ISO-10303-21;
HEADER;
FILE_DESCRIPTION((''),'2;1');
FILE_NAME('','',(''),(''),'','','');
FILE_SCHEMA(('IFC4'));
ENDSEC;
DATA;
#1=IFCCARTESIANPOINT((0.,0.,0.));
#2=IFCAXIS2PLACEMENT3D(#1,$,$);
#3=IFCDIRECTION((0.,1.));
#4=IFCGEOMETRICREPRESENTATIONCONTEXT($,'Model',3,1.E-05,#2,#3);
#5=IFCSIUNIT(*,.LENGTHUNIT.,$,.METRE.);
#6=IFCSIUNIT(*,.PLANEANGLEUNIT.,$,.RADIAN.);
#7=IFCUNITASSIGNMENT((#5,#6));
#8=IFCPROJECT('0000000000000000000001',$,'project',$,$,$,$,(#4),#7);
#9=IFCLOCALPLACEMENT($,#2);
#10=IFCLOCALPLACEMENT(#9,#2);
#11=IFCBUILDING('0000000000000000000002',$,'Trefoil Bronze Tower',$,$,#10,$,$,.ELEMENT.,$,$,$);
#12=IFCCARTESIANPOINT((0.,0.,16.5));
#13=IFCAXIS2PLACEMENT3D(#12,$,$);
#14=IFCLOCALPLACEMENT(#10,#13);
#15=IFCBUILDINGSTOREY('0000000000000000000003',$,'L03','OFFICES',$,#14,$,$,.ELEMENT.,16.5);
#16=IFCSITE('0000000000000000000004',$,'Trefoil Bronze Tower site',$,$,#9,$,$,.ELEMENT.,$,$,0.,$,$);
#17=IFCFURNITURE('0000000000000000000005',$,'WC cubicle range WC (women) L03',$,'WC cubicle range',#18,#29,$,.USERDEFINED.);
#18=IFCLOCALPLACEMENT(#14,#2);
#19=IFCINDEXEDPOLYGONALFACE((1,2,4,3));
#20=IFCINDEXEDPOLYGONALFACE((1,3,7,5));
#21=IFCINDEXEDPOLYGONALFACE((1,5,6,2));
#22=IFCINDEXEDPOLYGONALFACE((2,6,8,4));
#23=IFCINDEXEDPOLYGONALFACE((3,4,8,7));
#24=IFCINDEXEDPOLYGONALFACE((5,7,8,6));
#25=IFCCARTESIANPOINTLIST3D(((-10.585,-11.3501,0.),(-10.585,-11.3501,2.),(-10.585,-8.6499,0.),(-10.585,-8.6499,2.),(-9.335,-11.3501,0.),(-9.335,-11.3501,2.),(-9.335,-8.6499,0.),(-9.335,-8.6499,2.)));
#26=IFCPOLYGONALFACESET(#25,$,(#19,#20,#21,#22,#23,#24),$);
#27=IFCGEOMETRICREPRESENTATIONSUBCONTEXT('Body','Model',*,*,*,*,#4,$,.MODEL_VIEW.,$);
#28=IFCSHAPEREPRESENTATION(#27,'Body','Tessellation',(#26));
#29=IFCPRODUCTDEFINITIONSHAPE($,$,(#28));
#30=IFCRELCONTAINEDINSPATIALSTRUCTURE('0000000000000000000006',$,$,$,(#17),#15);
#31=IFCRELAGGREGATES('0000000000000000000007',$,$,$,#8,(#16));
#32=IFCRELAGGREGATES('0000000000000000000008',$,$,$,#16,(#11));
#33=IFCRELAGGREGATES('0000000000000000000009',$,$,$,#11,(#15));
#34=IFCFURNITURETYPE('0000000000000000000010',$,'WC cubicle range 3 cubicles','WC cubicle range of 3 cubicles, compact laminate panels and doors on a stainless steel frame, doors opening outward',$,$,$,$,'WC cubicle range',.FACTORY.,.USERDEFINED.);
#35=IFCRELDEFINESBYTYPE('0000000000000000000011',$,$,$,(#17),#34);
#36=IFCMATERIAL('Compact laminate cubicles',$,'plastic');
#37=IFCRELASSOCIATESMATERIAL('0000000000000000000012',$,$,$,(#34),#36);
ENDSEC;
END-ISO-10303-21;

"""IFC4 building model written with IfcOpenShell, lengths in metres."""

from ifc_helpers import new_model, si_unit, direction, frame, origin, place, context, subcontext, project, spatial, polyline, outline, extrude, material, type_object, element, save


model = new_model("IFC4")

# Units and contexts
model_context = context("Model", 3, precision=1e-05, world=origin(), true_north=direction((0.0, 1.0)))
body_context = subcontext(model_context, "Body", "Model", "MODEL_VIEW")
ifc_project = project(units=[si_unit("LENGTHUNIT", "METRE"), si_unit("PLANEANGLEUNIT", "RADIAN")], contexts=[model_context])

# Site, building, storey
site_placement = place(None, origin())
site = spatial("IfcSite", under=ifc_project, at=site_placement, Name="Trefoil Bronze Tower site", CompositionType="ELEMENT", RefElevation=0.0)
building_placement = place(site_placement, origin())
building = spatial("IfcBuilding", under=site, at=building_placement, Name="Trefoil Bronze Tower", CompositionType="ELEMENT")
storey_placement = place(building_placement, frame((0.0, 0.0, 16.5)))
storey = spatial("IfcBuildingStorey", under=building, at=storey_placement, Name="L03", Description="OFFICES", CompositionType="ELEMENT", Elevation=16.5)

# Furniture
ifc_material_1 = material(Name="Compact laminate cubicles", Category="plastic")
furniture_type = type_object("IfcFurnitureType", Name="WC cubicle range 3 cubicles", Description="WC cubicle range of 3 cubicles, compact laminate panels and doors on a stainless steel frame, doors opening outward", ElementType="WC cubicle range", AssemblyPlace="FACTORY", PredefinedType="USERDEFINED", material=ifc_material_1)
furniture_placement = place(storey_placement, origin())
element("IfcFurniture", 1, at=furniture_placement, inside=storey, type_object=furniture_type, Name="WC cubicle range WC (women) L03", ObjectType="WC cubicle range", PredefinedType="USERDEFINED", context=body_context, shape_type="SweptSolid", body=[
    extrude(outline(polyline([(-9.335, -8.6499), (-10.585, -8.6499), (-10.585, -11.3501), (-9.335, -11.3501), (-9.335, -8.6499)])), origin(), (0.0, 0.0, 1.0), 2.0),
])

save(model, "model.ifc")
